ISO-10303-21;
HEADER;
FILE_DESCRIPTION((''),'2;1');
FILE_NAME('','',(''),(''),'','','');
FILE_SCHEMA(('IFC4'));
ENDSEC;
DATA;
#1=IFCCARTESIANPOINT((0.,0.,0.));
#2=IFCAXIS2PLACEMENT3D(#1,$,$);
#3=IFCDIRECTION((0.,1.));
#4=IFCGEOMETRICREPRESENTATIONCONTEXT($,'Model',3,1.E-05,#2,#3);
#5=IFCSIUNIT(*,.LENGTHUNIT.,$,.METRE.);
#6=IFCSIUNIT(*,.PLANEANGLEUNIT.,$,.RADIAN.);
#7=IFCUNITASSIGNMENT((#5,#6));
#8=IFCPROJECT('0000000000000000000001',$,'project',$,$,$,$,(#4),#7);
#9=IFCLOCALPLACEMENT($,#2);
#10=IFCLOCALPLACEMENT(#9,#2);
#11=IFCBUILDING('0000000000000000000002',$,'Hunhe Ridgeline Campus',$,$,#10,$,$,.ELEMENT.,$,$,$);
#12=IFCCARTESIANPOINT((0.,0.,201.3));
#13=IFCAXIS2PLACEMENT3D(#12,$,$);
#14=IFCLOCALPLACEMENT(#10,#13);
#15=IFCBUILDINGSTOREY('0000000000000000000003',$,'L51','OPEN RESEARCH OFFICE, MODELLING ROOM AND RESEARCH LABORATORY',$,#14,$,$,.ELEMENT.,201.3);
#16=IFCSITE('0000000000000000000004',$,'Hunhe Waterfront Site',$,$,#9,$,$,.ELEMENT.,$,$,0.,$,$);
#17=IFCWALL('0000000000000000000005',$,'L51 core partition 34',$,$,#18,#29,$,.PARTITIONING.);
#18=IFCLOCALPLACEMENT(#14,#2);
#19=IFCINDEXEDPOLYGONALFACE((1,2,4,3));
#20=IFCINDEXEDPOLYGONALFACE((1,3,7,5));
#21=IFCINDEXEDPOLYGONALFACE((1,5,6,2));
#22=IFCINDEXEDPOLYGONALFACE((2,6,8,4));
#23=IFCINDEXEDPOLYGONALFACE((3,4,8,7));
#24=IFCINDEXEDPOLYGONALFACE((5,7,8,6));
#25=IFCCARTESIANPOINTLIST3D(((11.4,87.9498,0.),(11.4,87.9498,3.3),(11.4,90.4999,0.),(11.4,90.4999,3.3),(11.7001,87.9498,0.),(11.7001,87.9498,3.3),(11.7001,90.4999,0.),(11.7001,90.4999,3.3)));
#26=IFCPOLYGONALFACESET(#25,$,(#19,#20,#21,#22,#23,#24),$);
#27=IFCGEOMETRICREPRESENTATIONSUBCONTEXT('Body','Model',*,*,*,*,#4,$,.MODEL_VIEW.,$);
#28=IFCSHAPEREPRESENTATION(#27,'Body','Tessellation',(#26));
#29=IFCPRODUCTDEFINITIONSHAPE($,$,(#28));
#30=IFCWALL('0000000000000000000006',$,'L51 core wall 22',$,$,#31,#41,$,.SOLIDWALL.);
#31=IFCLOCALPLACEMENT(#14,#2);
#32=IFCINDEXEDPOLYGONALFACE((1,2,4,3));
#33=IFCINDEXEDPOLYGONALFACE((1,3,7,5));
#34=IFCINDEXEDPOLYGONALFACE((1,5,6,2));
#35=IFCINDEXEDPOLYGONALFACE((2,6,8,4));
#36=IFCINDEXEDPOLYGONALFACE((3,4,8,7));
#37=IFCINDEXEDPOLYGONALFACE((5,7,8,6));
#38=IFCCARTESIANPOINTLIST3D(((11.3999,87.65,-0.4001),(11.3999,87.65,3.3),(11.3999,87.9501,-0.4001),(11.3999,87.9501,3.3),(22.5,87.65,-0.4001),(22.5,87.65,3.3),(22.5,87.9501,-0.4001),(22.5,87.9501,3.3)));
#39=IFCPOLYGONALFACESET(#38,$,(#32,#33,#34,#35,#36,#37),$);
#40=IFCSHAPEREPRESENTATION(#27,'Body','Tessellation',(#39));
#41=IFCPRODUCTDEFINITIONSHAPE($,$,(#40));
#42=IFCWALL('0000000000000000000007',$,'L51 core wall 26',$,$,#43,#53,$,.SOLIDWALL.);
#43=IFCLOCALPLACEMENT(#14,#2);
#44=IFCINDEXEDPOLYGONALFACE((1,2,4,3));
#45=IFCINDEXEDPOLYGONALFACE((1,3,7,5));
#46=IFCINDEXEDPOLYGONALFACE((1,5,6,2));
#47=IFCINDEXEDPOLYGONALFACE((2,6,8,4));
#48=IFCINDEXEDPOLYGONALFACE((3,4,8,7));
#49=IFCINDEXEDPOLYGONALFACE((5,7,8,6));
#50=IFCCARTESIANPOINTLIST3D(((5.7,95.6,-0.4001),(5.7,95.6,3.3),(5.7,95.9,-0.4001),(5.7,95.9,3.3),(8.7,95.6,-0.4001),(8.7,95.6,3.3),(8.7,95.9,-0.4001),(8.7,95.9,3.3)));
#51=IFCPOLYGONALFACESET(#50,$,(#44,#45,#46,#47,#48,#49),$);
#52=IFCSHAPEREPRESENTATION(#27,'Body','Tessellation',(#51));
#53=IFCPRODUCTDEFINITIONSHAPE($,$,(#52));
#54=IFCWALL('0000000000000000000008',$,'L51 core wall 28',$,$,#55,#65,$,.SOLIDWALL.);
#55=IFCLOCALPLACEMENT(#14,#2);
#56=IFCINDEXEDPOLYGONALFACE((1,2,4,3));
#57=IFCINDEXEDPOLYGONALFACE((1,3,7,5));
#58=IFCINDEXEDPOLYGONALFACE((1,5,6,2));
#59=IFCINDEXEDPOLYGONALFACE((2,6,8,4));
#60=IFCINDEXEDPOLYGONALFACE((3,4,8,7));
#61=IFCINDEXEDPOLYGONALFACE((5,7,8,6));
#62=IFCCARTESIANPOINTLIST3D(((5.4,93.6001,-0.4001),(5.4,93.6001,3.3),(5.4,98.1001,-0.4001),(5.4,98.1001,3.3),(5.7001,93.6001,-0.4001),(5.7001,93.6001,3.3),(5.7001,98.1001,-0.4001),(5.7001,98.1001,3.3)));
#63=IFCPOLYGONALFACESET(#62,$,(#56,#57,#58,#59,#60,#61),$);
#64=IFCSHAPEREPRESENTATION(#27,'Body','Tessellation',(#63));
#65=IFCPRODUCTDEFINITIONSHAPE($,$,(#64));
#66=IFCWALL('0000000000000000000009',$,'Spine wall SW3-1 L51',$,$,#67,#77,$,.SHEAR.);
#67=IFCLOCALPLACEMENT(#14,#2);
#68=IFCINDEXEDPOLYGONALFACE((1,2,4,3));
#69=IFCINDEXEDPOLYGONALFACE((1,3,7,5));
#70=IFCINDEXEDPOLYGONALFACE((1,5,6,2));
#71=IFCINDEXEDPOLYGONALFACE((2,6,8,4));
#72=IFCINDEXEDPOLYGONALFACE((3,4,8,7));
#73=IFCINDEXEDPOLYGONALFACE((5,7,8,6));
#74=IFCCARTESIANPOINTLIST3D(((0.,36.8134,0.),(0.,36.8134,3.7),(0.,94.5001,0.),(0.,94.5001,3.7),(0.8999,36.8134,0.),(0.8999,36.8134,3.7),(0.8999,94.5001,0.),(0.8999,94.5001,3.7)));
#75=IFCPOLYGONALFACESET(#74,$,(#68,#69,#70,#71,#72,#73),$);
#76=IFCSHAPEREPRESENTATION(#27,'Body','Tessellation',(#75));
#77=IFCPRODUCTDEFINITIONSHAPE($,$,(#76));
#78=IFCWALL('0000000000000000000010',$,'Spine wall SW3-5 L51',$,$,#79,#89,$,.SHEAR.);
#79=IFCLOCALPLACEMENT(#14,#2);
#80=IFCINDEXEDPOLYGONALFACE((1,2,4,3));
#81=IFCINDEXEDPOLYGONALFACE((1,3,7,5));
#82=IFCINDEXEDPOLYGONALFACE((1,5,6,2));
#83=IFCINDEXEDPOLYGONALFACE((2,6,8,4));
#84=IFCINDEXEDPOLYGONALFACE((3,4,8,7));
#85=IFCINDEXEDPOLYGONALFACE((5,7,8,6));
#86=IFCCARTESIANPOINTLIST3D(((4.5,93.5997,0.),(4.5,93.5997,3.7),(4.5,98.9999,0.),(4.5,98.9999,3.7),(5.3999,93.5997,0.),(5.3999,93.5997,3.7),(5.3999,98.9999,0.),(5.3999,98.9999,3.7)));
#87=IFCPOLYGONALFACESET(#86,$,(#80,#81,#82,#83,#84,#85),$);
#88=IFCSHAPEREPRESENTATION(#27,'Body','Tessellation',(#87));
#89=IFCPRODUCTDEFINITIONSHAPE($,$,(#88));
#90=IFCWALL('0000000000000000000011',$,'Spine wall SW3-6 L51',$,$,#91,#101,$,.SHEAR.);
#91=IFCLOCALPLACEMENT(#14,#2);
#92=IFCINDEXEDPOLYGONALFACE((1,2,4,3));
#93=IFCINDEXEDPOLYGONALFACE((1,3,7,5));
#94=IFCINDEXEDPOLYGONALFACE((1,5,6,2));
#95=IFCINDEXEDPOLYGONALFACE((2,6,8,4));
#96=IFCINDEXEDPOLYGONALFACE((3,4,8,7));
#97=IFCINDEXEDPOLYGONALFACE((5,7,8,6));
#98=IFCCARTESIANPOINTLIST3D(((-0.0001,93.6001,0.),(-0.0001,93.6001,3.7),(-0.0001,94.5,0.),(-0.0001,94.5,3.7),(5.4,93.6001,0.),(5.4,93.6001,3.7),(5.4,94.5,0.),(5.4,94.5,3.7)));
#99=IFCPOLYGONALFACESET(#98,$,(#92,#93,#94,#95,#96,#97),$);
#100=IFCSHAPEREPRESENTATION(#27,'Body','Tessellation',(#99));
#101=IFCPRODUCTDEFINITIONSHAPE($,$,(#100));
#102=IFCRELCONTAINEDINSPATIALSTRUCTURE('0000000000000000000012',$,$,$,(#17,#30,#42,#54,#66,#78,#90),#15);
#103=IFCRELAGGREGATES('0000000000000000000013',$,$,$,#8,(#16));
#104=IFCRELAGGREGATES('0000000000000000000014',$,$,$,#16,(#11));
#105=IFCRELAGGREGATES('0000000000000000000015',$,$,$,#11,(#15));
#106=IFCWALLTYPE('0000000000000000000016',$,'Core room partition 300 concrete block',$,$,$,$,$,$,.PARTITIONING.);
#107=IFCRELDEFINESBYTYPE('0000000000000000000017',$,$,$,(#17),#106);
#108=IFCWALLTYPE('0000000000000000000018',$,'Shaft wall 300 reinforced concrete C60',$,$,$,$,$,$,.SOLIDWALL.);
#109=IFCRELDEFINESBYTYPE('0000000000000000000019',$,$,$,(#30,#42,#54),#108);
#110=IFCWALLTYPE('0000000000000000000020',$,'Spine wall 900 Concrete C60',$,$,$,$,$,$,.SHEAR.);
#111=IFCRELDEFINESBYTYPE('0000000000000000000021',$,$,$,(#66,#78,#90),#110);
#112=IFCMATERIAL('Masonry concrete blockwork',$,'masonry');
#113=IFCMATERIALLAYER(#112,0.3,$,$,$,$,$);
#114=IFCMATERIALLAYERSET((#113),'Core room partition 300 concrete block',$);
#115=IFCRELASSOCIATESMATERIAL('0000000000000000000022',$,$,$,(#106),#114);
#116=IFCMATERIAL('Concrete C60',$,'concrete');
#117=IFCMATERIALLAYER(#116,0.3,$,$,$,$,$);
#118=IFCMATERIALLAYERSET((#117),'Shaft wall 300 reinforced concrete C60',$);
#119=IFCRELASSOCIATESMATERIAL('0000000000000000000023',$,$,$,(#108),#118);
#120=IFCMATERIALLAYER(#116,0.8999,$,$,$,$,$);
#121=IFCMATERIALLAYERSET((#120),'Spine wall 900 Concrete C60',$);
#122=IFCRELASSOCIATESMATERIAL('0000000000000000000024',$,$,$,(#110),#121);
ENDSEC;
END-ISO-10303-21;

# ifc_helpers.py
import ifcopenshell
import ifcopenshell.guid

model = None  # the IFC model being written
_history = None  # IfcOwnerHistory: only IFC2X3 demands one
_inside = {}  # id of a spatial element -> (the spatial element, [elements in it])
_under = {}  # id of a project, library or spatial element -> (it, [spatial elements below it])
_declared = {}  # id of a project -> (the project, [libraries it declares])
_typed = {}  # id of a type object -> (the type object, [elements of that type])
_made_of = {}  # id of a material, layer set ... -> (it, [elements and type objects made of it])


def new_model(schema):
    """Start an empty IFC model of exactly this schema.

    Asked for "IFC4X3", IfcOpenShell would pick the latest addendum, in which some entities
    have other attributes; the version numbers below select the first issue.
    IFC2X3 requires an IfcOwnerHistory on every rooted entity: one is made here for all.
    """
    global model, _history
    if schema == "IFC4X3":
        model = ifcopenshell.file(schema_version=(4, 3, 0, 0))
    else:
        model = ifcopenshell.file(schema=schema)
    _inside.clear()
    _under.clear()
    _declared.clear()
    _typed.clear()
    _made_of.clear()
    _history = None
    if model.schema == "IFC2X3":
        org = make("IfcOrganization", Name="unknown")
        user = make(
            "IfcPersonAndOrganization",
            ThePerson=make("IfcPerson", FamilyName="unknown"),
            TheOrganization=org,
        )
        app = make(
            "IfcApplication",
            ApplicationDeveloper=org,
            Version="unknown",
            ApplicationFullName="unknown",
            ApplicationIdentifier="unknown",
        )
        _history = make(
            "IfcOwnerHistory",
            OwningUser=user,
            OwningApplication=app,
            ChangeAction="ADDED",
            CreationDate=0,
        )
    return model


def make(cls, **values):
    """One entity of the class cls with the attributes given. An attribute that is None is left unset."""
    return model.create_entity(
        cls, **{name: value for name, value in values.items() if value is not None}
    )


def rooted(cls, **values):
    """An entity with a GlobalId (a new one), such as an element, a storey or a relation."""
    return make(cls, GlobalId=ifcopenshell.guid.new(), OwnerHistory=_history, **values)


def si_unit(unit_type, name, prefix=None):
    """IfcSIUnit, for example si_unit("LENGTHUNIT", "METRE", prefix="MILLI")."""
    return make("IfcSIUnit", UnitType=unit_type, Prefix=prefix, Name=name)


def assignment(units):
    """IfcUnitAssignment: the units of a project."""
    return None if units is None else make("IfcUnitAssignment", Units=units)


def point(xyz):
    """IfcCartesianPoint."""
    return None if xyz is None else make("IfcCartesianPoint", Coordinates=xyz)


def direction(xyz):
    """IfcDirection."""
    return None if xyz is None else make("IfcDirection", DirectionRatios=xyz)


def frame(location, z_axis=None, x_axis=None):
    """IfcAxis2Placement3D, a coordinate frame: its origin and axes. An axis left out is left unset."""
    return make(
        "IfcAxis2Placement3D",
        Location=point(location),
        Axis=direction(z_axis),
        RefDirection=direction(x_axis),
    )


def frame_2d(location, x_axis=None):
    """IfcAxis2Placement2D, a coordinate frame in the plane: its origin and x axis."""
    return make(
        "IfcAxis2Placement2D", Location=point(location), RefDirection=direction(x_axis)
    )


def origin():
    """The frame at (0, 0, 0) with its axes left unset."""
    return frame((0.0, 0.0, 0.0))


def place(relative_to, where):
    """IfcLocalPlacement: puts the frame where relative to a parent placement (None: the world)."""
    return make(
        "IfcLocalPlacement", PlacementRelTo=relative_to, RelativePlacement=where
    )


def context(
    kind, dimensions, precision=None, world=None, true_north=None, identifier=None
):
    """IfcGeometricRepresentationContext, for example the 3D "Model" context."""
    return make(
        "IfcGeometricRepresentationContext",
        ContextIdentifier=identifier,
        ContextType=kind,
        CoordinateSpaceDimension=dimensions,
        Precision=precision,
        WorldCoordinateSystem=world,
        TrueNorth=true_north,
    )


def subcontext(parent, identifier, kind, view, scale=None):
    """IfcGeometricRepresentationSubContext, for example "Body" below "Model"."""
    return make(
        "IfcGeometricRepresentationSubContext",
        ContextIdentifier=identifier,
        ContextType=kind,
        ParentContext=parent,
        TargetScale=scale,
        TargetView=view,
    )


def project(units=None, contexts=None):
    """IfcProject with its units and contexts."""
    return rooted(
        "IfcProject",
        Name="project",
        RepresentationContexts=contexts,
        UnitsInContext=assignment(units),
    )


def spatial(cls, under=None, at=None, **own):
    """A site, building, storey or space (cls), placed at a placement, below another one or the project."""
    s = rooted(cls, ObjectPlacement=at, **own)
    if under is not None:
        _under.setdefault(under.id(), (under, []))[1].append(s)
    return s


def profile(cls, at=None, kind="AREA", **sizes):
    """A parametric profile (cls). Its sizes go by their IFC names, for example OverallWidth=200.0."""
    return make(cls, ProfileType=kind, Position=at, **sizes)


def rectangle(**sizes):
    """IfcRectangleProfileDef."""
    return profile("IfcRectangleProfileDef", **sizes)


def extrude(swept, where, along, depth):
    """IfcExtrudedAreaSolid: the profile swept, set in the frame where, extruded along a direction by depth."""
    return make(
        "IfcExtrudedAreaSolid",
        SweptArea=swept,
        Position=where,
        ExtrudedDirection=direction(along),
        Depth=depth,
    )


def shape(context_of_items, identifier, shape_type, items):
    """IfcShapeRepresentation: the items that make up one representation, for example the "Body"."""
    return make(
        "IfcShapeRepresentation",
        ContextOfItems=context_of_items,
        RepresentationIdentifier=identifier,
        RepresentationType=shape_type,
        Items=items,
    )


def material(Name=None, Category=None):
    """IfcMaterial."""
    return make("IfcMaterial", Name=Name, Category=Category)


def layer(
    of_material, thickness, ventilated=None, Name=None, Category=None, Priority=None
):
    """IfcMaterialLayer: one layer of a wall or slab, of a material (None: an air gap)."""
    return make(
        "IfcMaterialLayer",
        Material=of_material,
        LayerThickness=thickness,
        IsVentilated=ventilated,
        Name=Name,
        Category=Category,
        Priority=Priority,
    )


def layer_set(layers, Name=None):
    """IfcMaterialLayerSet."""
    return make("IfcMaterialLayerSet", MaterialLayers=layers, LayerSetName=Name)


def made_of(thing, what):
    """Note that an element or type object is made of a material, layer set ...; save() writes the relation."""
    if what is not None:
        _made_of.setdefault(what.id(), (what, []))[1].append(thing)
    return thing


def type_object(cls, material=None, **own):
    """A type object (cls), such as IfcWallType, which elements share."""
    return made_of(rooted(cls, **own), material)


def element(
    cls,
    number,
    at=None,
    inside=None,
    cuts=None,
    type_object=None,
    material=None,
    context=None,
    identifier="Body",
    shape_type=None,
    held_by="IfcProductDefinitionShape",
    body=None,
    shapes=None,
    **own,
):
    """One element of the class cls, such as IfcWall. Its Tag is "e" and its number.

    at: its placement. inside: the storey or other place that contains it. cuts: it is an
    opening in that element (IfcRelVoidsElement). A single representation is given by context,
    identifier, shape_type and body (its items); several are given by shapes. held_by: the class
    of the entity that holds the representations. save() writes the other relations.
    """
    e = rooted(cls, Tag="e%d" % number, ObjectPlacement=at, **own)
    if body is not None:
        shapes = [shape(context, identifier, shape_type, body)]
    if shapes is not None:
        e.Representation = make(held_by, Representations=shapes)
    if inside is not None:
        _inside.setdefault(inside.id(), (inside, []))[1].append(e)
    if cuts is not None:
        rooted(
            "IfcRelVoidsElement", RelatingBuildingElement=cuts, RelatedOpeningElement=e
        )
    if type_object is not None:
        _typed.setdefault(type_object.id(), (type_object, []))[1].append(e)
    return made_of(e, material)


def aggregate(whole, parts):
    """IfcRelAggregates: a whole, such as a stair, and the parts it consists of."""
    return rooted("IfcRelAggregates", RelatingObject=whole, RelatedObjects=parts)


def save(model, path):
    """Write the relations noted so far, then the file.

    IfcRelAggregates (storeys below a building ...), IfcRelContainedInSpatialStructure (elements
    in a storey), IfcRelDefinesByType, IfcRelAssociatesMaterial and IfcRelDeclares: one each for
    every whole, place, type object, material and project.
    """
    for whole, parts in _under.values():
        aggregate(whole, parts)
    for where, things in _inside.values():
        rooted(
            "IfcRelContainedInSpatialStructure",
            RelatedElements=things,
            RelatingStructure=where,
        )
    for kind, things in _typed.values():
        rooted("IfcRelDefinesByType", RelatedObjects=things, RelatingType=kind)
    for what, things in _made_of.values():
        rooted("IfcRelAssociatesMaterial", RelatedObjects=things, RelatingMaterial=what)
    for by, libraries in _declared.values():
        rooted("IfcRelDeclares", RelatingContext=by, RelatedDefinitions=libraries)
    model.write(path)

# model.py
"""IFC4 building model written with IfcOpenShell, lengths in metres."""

from ifc_helpers import new_model, si_unit, direction, frame, frame_2d, origin, place, context, subcontext, project, spatial, rectangle, extrude, material, layer, layer_set, type_object, element, save


model = new_model("IFC4")

# Units and contexts
model_context = context("Model", 3, precision=1e-05, world=origin(), true_north=direction((0.0, 1.0)))
body_context = subcontext(model_context, "Body", "Model", "MODEL_VIEW")
ifc_project = project(units=[si_unit("LENGTHUNIT", "METRE"), si_unit("PLANEANGLEUNIT", "RADIAN")], contexts=[model_context])

# Site, building, storey
site_placement = place(None, origin())
site = spatial("IfcSite", under=ifc_project, at=site_placement, Name="Hunhe Waterfront Site", CompositionType="ELEMENT", RefElevation=0.0)
building_placement = place(site_placement, origin())
building = spatial("IfcBuilding", under=site, at=building_placement, Name="Hunhe Ridgeline Campus", CompositionType="ELEMENT")
storey_placement = place(building_placement, frame((0.0, 0.0, 201.3)))
storey = spatial("IfcBuildingStorey", under=building, at=storey_placement, Name="L51", Description="OPEN RESEARCH OFFICE, MODELLING ROOM AND RESEARCH LABORATORY", CompositionType="ELEMENT", Elevation=201.3)

# Wall
ifc_material_1 = material(Name="Masonry concrete blockwork", Category="masonry")
ifc_layer_1 = layer(ifc_material_1, 0.3)
ifc_layer_set_1 = layer_set([ifc_layer_1], Name="Core room partition 300 concrete block")
wall_type_1 = type_object("IfcWallType", Name="Core room partition 300 concrete block", PredefinedType="PARTITIONING", material=ifc_layer_set_1)
wall_1_placement = place(storey_placement, frame((11.55, 87.95, 0.0), z_axis=(0.0, 0.0, 1.0), x_axis=(0.0, 1.0, 0.0)))
element("IfcWall", 1, at=wall_1_placement, inside=storey, type_object=wall_type_1, Name="L51 core partition 34", PredefinedType="PARTITIONING", context=body_context, shape_type="SweptSolid", body=[
    extrude(rectangle(XDim=2.55, YDim=0.3, at=frame_2d((1.2749, 0.0))), origin(), (0.0, 0.0, 1.0), 3.3),
])

# Shared definitions
ifc_material_2 = material(Name="Concrete C60", Category="concrete")

# Wall
ifc_layer_2 = layer(ifc_material_2, 0.3)
ifc_layer_set_2 = layer_set([ifc_layer_2], Name="Shaft wall 300 reinforced concrete C60")
wall_type_2 = type_object("IfcWallType", Name="Shaft wall 300 reinforced concrete C60", PredefinedType="SOLIDWALL", material=ifc_layer_set_2)
wall_2_placement = place(storey_placement, frame((11.3999, 87.8, -0.4001), z_axis=(0.0, 0.0, 1.0), x_axis=(1.0, 0.0, 0.0)))
element("IfcWall", 2, at=wall_2_placement, inside=storey, type_object=wall_type_2, Name="L51 core wall 22", PredefinedType="SOLIDWALL", context=body_context, shape_type="SweptSolid", body=[
    extrude(rectangle(XDim=11.1001, YDim=0.3, at=frame_2d((5.55, 0.0))), origin(), (0.0, 0.0, 1.0), 3.7002),
])

# Walls
wall_3_placement = place(storey_placement, frame((5.7, 95.75, -0.4001), z_axis=(0.0, 0.0, 1.0), x_axis=(1.0, 0.0, 0.0)))
element("IfcWall", 3, at=wall_3_placement, inside=storey, type_object=wall_type_2, Name="L51 core wall 26", PredefinedType="SOLIDWALL", context=body_context, shape_type="SweptSolid", body=[
    extrude(rectangle(XDim=3.0, YDim=0.3, at=frame_2d((1.5, 0.0))), origin(), (0.0, 0.0, 1.0), 3.7002),
])
wall_4_placement = place(storey_placement, frame((5.55, 93.6001, -0.4001), z_axis=(0.0, 0.0, 1.0), x_axis=(0.0, 1.0, 0.0)))
element("IfcWall", 4, at=wall_4_placement, inside=storey, type_object=wall_type_2, Name="L51 core wall 28", PredefinedType="SOLIDWALL", context=body_context, shape_type="SweptSolid", body=[
    extrude(rectangle(XDim=4.5, YDim=0.3, at=frame_2d((2.25, 0.0))), origin(), (0.0, 0.0, 1.0), 3.7002),
])

# Walls
ifc_layer_3 = layer(ifc_material_2, 0.8999)
ifc_layer_set_3 = layer_set([ifc_layer_3], Name="Spine wall 900 Concrete C60")
wall_type_3 = type_object("IfcWallType", Name="Spine wall 900 Concrete C60", PredefinedType="SHEAR", material=ifc_layer_set_3)
wall_5_placement = place(storey_placement, frame((0.45, 94.5, 0.0), z_axis=(0.0, 0.0, 1.0), x_axis=(0.0, -1.0, 0.0)))
element("IfcWall", 5, at=wall_5_placement, inside=storey, type_object=wall_type_3, Name="Spine wall SW3-1 L51", PredefinedType="SHEAR", context=body_context, shape_type="SweptSolid", body=[
    extrude(rectangle(XDim=57.6868, YDim=0.8999, at=frame_2d((28.8433, 0.0))), origin(), (0.0, 0.0, 1.0), 3.7),
])
for number, where, z_axis, x_axis, name in (
    (6, (4.95, 99.0, 0.0), (0.0, 0.0, 1.0), (0.0, -1.0, 0.0), "Spine wall SW3-5 L51"),
    (7, (5.4001, 94.05, 0.0), (0.0, 0.0, 1.0), (-1.0, 0.0, 0.0), "Spine wall SW3-6 L51"),
):
    element("IfcWall", number, at=place(storey_placement, frame(where, z_axis=z_axis, x_axis=x_axis)), inside=storey, type_object=wall_type_3, Name=name, PredefinedType="SHEAR", context=body_context, shape_type="SweptSolid", body=[
        extrude(rectangle(XDim=5.4001, YDim=0.8999, at=frame_2d((2.7002, 0.0))), origin(), (0.0, 0.0, 1.0), 3.7),
    ])

save(model, "model.ifc")
